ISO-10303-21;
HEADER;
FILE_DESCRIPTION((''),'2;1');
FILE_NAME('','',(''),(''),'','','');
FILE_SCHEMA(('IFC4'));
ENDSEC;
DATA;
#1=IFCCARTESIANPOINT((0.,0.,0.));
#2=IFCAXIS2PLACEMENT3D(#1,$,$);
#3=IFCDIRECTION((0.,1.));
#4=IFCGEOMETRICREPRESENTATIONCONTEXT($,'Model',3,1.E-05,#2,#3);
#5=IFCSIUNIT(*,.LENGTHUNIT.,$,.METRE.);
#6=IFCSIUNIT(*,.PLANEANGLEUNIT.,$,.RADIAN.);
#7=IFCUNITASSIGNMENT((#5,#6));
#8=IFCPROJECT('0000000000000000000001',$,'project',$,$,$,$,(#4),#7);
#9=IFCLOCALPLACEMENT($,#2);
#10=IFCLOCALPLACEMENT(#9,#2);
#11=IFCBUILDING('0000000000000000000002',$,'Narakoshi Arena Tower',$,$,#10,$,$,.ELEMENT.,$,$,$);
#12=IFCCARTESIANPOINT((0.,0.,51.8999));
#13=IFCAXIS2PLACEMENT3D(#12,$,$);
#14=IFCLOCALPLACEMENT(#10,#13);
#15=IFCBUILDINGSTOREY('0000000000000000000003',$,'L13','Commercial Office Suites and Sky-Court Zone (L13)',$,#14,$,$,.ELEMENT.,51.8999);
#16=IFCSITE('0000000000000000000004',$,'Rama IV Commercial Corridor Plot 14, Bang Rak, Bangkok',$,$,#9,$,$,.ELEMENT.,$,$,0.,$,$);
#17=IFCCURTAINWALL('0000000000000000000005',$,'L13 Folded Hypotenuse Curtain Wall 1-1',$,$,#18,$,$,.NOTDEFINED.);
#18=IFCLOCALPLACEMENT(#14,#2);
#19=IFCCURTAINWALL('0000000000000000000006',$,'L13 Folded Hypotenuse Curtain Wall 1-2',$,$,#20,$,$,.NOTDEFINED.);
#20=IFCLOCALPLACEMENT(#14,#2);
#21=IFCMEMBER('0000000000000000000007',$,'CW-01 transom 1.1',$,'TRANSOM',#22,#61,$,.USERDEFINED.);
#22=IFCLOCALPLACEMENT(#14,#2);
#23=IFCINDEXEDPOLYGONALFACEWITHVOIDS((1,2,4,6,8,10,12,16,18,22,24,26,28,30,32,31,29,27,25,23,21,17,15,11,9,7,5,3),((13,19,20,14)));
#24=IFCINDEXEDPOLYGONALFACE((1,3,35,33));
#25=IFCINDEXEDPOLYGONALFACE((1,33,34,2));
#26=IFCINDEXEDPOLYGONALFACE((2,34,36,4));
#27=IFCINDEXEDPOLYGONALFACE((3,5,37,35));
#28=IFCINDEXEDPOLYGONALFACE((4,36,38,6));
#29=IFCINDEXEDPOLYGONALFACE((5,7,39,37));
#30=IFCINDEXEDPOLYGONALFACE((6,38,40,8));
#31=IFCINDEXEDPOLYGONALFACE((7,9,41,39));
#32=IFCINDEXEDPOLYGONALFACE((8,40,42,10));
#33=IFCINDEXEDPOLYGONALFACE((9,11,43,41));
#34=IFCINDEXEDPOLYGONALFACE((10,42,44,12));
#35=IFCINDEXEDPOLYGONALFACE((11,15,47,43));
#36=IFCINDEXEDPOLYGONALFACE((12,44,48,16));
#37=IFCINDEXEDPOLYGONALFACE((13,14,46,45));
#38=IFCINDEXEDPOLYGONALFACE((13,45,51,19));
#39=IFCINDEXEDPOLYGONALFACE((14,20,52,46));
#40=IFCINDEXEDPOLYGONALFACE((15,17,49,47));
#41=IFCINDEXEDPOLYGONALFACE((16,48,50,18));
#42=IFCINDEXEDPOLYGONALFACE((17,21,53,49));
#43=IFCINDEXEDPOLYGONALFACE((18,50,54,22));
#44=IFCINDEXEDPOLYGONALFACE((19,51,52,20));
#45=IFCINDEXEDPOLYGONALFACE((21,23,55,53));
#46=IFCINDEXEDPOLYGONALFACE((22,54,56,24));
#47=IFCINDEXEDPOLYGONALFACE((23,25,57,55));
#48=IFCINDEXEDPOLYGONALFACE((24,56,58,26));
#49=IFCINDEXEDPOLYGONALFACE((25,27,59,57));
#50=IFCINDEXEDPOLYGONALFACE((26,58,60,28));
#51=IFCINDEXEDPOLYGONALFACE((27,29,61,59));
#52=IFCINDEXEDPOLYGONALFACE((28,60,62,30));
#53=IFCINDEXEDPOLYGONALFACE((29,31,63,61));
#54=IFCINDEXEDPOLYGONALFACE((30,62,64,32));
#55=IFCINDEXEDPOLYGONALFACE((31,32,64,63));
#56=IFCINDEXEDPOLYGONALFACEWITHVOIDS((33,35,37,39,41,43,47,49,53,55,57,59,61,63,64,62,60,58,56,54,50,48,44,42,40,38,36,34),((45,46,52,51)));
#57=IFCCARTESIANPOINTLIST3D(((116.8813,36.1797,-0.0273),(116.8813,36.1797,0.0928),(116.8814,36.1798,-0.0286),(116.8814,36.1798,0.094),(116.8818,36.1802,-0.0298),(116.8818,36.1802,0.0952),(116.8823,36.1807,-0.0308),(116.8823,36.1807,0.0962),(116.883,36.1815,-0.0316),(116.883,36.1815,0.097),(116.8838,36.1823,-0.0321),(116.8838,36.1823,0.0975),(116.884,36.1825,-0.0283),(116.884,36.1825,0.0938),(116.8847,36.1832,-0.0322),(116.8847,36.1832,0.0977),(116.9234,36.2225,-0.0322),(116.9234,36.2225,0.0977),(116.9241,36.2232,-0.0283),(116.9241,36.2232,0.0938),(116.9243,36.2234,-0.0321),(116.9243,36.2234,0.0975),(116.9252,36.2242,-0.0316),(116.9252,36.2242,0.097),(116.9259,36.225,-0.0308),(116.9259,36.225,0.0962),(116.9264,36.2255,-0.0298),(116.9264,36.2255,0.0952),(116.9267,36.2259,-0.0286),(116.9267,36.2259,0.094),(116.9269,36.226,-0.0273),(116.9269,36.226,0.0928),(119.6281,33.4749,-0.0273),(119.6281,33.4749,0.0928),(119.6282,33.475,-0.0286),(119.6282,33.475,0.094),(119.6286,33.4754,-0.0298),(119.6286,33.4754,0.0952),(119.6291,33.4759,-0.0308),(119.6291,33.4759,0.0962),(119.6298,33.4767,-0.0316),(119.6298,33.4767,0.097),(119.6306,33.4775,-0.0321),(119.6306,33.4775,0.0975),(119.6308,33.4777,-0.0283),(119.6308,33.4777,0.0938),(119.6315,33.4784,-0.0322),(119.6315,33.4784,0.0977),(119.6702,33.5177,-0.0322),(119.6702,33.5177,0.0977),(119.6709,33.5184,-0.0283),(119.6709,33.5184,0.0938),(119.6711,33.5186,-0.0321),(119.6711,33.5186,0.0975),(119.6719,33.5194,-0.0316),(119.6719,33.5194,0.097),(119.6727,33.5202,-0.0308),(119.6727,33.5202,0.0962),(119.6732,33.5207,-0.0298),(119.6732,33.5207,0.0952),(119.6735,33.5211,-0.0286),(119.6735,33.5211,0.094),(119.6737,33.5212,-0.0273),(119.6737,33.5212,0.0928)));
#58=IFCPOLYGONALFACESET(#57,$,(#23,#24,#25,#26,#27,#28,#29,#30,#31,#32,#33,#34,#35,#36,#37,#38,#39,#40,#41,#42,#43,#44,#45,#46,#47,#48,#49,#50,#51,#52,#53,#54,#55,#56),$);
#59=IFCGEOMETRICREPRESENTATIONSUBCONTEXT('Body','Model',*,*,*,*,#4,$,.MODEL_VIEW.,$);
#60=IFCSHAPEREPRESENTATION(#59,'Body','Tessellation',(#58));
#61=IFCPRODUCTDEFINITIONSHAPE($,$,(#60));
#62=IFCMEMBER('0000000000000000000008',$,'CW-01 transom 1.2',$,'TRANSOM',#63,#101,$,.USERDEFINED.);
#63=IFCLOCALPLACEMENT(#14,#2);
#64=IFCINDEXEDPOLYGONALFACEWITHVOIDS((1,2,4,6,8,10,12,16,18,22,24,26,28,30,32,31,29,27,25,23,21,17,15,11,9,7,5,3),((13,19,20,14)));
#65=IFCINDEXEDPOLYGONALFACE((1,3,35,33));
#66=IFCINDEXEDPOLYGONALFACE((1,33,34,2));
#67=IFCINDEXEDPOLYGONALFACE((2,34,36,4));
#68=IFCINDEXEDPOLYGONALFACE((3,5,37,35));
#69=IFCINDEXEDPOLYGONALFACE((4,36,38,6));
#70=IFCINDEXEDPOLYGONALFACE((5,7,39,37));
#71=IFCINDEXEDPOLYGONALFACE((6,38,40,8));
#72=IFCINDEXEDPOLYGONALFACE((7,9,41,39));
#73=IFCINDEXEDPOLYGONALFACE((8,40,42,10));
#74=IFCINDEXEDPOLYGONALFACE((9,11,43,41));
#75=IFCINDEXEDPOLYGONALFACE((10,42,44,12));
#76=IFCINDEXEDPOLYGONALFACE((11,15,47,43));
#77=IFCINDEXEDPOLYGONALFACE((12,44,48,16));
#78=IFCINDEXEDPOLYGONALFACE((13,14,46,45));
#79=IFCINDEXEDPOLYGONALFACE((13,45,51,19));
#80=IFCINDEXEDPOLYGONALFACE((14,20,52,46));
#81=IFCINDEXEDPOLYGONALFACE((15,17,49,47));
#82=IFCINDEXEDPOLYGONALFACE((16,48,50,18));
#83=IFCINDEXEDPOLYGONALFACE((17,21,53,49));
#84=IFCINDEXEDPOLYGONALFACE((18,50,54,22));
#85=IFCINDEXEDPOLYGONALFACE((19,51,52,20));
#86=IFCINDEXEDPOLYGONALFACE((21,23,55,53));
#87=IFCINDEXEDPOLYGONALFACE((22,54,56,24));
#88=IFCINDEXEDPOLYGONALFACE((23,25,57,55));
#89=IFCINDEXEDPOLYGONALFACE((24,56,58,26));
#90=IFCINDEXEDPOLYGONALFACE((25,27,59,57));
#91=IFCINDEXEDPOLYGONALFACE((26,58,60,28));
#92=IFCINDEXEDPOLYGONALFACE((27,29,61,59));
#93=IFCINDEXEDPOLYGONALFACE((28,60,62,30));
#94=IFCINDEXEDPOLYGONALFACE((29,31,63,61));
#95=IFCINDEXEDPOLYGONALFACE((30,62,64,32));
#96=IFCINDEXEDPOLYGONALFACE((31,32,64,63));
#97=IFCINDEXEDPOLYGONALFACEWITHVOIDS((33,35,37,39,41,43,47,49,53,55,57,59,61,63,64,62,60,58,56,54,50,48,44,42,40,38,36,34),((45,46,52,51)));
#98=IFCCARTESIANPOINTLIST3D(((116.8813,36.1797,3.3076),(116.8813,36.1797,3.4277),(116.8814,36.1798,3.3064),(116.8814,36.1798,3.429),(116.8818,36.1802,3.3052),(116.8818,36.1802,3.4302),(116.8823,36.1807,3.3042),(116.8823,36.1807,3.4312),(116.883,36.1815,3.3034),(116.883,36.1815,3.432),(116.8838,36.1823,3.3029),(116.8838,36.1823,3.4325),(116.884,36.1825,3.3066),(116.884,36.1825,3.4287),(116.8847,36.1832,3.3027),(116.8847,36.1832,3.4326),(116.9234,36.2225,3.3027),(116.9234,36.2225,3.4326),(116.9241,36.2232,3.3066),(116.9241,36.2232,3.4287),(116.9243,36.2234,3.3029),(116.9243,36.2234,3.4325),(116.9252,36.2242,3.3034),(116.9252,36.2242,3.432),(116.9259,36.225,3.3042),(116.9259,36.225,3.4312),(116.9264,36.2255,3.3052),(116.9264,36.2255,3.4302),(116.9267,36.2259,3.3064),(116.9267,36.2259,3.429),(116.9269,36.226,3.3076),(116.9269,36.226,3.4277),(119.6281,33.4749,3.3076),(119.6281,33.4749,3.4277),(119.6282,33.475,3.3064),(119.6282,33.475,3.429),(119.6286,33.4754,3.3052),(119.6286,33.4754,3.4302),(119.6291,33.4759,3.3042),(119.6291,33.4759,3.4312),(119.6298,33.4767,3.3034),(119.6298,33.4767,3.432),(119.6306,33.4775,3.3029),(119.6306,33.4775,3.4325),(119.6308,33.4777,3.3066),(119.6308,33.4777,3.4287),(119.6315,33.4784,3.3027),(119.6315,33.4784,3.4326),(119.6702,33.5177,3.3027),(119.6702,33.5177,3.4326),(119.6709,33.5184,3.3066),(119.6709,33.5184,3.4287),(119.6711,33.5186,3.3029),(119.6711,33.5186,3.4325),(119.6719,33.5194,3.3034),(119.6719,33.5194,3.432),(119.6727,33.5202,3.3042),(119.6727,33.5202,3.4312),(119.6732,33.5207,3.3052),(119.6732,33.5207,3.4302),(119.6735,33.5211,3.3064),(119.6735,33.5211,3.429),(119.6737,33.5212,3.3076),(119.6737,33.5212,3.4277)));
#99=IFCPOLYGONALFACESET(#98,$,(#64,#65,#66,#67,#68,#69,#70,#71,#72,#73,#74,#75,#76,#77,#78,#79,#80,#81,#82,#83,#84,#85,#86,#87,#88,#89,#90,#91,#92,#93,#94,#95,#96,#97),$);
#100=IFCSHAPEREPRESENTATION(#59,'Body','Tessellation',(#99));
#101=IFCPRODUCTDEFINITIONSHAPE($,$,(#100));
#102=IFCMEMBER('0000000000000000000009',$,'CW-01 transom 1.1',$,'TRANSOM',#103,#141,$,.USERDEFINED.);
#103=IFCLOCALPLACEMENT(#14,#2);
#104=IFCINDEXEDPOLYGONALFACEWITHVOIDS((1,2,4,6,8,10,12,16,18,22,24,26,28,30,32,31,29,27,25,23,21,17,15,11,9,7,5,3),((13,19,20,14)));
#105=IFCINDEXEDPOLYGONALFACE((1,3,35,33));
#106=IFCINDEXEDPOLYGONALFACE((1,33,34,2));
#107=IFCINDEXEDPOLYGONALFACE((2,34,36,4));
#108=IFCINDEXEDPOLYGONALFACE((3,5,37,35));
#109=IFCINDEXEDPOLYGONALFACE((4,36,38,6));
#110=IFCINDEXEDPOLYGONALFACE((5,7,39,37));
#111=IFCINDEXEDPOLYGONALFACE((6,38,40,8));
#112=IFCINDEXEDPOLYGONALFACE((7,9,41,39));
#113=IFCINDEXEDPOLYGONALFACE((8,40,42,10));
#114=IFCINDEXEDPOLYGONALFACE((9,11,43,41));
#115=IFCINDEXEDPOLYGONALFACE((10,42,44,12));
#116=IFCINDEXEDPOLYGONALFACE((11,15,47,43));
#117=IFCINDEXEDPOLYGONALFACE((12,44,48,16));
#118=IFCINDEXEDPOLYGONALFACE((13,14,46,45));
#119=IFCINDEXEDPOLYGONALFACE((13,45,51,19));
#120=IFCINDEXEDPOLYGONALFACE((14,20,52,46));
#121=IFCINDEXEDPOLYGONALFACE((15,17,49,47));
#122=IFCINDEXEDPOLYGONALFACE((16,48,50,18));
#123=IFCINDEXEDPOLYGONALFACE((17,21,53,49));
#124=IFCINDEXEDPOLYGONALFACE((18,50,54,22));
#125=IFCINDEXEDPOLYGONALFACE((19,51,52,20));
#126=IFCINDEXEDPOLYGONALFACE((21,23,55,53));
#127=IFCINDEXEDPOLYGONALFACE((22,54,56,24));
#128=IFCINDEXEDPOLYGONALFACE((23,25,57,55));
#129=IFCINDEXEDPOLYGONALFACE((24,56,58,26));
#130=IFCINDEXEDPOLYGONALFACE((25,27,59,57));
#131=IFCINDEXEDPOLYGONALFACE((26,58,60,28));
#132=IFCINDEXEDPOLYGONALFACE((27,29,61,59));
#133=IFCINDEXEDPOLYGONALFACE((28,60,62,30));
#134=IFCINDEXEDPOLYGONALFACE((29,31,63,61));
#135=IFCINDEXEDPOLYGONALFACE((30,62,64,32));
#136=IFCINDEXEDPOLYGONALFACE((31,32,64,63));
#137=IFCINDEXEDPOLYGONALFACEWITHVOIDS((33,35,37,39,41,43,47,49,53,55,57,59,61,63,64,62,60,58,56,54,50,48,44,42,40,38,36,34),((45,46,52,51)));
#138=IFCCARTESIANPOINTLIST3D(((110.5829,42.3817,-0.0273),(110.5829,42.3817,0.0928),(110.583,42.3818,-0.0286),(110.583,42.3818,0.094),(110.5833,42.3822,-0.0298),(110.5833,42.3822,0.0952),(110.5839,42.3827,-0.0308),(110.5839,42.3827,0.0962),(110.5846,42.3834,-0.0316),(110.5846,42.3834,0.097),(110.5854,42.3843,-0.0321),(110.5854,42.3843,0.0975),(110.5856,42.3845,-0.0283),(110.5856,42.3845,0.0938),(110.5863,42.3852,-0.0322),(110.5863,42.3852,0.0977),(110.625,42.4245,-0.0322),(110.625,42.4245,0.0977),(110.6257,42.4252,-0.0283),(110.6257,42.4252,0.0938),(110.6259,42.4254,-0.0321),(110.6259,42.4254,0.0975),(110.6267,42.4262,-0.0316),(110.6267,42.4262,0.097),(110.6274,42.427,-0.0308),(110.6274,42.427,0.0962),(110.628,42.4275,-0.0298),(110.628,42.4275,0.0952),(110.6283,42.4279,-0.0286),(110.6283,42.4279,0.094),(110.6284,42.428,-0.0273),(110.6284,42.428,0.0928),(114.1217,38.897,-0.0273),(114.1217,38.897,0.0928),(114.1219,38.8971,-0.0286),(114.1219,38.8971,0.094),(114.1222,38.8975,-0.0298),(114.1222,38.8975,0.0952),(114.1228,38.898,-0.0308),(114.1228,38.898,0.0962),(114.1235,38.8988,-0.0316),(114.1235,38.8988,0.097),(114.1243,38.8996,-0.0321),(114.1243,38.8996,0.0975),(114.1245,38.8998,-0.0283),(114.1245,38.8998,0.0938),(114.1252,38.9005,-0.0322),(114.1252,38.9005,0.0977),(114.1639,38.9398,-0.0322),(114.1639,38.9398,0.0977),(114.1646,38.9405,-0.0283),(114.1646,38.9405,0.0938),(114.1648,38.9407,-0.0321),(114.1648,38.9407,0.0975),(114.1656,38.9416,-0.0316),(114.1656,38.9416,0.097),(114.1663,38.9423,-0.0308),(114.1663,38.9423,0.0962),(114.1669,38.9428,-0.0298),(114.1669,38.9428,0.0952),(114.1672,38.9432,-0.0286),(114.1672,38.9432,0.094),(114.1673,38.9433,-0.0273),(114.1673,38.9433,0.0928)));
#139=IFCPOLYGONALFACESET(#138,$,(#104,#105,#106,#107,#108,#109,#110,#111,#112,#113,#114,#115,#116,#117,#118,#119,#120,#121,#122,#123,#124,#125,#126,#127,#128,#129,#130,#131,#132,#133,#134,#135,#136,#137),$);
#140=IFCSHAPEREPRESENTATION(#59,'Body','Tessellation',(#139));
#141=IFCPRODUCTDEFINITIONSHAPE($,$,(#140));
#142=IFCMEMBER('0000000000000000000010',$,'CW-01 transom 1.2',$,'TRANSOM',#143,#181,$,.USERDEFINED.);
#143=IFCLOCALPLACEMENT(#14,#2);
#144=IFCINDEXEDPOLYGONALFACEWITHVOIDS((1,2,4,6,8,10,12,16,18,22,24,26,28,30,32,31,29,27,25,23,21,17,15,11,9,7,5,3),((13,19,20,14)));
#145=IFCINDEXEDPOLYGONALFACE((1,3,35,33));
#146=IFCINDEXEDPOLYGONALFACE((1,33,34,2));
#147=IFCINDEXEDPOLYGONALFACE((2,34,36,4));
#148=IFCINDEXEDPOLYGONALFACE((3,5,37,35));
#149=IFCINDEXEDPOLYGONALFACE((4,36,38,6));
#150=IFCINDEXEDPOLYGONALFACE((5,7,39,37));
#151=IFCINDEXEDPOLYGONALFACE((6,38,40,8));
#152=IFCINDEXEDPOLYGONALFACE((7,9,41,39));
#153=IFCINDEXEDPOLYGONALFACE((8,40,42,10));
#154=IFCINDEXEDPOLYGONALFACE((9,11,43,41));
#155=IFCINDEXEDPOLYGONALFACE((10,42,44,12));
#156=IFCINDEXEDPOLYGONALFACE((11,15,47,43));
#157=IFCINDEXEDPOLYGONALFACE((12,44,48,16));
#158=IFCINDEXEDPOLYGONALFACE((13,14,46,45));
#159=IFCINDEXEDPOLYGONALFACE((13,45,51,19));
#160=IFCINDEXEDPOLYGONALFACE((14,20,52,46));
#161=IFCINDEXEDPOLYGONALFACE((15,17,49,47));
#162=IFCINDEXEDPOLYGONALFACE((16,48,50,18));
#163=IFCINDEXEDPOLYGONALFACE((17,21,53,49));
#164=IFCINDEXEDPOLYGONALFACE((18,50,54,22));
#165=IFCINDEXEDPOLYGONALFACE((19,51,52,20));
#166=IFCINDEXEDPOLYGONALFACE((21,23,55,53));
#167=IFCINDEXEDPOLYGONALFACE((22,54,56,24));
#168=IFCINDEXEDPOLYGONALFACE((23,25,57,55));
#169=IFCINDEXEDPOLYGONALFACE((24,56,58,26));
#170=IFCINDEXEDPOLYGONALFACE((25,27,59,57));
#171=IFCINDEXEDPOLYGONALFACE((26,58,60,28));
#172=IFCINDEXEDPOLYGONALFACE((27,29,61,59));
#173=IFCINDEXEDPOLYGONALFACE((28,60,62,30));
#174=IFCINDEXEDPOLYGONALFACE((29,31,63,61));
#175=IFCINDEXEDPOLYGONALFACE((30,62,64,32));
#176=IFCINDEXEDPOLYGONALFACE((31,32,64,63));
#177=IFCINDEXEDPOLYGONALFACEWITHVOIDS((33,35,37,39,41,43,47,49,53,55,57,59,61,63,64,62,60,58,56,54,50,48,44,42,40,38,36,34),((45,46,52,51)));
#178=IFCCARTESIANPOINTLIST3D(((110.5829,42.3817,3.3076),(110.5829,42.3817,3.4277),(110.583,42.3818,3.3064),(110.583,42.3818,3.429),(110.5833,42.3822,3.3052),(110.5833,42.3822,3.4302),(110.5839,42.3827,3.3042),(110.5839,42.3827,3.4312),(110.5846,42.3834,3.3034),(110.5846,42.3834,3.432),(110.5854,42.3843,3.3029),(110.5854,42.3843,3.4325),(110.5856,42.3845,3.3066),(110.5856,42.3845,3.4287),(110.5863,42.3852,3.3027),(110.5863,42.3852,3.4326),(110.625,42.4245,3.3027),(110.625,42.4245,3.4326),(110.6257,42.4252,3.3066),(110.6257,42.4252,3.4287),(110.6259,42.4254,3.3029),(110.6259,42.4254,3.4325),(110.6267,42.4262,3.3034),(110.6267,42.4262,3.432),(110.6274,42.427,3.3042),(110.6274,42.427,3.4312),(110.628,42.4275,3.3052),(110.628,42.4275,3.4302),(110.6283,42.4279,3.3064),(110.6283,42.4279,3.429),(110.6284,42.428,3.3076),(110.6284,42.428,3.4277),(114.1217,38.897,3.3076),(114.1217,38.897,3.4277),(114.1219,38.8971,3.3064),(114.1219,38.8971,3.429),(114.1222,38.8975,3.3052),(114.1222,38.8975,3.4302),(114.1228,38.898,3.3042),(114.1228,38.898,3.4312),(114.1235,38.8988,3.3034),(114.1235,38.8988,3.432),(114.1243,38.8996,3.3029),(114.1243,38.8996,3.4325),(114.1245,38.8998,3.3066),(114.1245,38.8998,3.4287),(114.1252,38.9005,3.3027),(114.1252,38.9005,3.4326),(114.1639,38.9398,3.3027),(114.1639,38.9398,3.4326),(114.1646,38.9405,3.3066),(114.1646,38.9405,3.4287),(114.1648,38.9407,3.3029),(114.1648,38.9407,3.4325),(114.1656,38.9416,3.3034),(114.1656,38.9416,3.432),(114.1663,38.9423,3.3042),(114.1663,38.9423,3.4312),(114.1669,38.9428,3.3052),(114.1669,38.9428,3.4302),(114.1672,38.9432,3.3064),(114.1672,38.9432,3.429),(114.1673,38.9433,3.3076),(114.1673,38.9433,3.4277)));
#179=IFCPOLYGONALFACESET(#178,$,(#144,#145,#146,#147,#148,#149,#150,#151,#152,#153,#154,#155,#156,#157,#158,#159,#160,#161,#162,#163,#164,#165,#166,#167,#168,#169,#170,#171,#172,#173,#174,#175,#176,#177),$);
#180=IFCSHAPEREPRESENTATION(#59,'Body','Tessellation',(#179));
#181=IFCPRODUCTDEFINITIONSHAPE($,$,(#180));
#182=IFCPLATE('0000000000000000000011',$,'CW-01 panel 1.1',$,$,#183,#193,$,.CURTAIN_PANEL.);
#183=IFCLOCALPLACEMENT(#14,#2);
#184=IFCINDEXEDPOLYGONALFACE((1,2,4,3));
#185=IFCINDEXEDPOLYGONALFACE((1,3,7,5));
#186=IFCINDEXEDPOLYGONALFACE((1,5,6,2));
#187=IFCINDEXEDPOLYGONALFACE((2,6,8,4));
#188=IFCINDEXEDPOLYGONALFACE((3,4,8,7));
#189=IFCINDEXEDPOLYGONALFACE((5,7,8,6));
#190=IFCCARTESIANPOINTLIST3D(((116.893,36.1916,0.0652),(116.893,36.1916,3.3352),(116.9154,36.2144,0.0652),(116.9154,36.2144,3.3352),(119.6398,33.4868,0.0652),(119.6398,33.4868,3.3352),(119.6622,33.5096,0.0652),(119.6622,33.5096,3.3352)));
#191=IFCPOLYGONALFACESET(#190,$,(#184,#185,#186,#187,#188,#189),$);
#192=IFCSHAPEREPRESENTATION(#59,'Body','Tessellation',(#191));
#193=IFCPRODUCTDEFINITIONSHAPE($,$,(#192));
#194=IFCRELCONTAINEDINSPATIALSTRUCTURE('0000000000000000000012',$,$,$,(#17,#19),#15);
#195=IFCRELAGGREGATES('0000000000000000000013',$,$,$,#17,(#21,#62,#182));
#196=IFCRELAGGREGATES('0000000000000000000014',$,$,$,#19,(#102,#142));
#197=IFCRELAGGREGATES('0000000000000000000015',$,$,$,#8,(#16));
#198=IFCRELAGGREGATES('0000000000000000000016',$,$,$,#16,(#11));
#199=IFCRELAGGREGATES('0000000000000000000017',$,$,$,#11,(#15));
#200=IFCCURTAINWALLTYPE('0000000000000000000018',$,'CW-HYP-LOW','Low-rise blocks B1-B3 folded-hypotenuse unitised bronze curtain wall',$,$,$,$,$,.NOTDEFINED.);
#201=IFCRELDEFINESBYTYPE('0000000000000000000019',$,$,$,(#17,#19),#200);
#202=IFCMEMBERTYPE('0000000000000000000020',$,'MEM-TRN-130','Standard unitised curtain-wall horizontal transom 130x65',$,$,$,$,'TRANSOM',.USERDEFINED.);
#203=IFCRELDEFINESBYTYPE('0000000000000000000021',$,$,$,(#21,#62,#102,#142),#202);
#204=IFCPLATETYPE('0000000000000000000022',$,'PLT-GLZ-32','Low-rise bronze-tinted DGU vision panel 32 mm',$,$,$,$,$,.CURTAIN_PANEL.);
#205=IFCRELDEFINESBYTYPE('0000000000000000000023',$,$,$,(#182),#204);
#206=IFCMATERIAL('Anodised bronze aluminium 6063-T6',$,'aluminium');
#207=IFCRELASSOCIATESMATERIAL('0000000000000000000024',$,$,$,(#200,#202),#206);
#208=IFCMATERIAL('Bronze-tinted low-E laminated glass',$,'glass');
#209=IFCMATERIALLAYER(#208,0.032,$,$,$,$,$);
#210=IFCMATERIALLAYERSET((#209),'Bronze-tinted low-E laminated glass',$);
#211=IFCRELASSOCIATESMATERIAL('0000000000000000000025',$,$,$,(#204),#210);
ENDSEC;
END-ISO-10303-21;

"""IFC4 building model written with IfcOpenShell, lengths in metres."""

from ifc_helpers import new_model, si_unit, direction, frame, origin, origin_2d, place, context, subcontext, project, spatial, rectangle, hollow_rectangle, extrude, material, layer, layer_set, material_profile, profile_set, type_object, element, aggregate, save


model = new_model("IFC4")

# Units and contexts
model_context = context("Model", 3, precision=1e-05, world=origin(), true_north=direction((0.0, 1.0)))
body_context = subcontext(model_context, "Body", "Model", "MODEL_VIEW")
ifc_project = project(units=[si_unit("LENGTHUNIT", "METRE"), si_unit("PLANEANGLEUNIT", "RADIAN")], contexts=[model_context])

# Site, building, storey
site_placement = place(None, origin())
site = spatial("IfcSite", under=ifc_project, at=site_placement, Name="Rama IV Commercial Corridor Plot 14, Bang Rak, Bangkok", CompositionType="ELEMENT", RefElevation=0.0)
building_placement = place(site_placement, origin())
building = spatial("IfcBuilding", under=site, at=building_placement, Name="Narakoshi Arena Tower", CompositionType="ELEMENT")
storey_placement = place(building_placement, frame((0.0, 0.0, 51.8999)))
storey = spatial("IfcBuildingStorey", under=building, at=storey_placement, Name="L13", Description="Commercial Office Suites and Sky-Court Zone (L13)", CompositionType="ELEMENT", Elevation=51.8999)

# Curtain walls
ifc_material_1 = material(Name="Anodised bronze aluminium 6063-T6", Category="aluminium")
curtain_wall_type = type_object("IfcCurtainWallType", Name="CW-HYP-LOW", Description="Low-rise blocks B1-B3 folded-hypotenuse unitised bronze curtain wall", PredefinedType="NOTDEFINED", material=ifc_material_1)
curtain_wall_1_placement = place(storey_placement, origin())
curtain_wall_1 = element("IfcCurtainWall", 1, at=curtain_wall_1_placement, inside=storey, type_object=curtain_wall_type, Name="L13 Folded Hypotenuse Curtain Wall 1-1", PredefinedType="NOTDEFINED")
curtain_wall_2_placement = place(storey_placement, origin())
curtain_wall_2 = element("IfcCurtainWall", 2, at=curtain_wall_2_placement, inside=storey, type_object=curtain_wall_type, Name="L13 Folded Hypotenuse Curtain Wall 1-2", PredefinedType="NOTDEFINED")

# Members
ifc_material_profile_1 = material_profile(ifc_material_1, hollow_rectangle(XDim=0.0649, YDim=0.1299, WallThickness=0.0039, OuterFilletRadius=0.0049, at=origin_2d()), Name="TRN130x65x4")
ifc_profile_set_1 = profile_set([ifc_material_profile_1], Name="Anodised bronze aluminium 6063-T6")
member_type_1 = type_object("IfcMemberType", Name="MEM-TRN-130", Description="Standard unitised curtain-wall horizontal transom 130x65", ElementType="TRANSOM", PredefinedType="USERDEFINED", material=ifc_profile_set_1)
member_1_placement = place(storey_placement, frame((119.6509, 33.498, 0.0327), z_axis=(-0.712532, 0.701639, 0.0), x_axis=(-0.701639, -0.712532, 0.0)))
member_1 = element("IfcMember", 3, at=member_1_placement, type_object=member_type_1, Name="CW-01 transom 1.1", ObjectType="TRANSOM", PredefinedType="USERDEFINED", context=body_context, shape_type="SweptSolid", body=[
    extrude(hollow_rectangle(XDim=0.0649, YDim=0.1299, WallThickness=0.0039, OuterFilletRadius=0.0049, at=origin_2d()), origin(), (0.0, 0.0, 1.0), 3.855),
])
member_2_placement = place(storey_placement, frame((119.6509, 33.498, 3.3677), z_axis=(-0.712532, 0.701639, 0.0), x_axis=(-0.701639, -0.712532, 0.0)))
member_2 = element("IfcMember", 4, at=member_2_placement, type_object=member_type_1, Name="CW-01 transom 1.2", ObjectType="TRANSOM", PredefinedType="USERDEFINED", context=body_context, shape_type="SweptSolid", body=[
    extrude(hollow_rectangle(XDim=0.0649, YDim=0.1299, WallThickness=0.0039, OuterFilletRadius=0.0049, at=origin_2d()), origin(), (0.0, 0.0, 1.0), 3.855),
])
member_3_placement = place(storey_placement, frame((114.1445, 38.9202, 0.0327), z_axis=(-0.712542, 0.701629, 0.0), x_axis=(-0.701629, -0.712542, 0.0)))
member_3 = element("IfcMember", 5, at=member_3_placement, type_object=member_type_1, Name="CW-01 transom 1.1", ObjectType="TRANSOM", PredefinedType="USERDEFINED", context=body_context, shape_type="SweptSolid", body=[
    extrude(hollow_rectangle(XDim=0.0649, YDim=0.1299, WallThickness=0.0039, OuterFilletRadius=0.0049, at=origin_2d()), origin(), (0.0, 0.0, 1.0), 4.9666),
])
member_4_placement = place(storey_placement, frame((114.1445, 38.9202, 3.3677), z_axis=(-0.712542, 0.701629, 0.0), x_axis=(-0.701629, -0.712542, 0.0)))
member_4 = element("IfcMember", 6, at=member_4_placement, type_object=member_type_1, Name="CW-01 transom 1.2", ObjectType="TRANSOM", PredefinedType="USERDEFINED", context=body_context, shape_type="SweptSolid", body=[
    extrude(hollow_rectangle(XDim=0.0649, YDim=0.1299, WallThickness=0.0039, OuterFilletRadius=0.0049, at=origin_2d()), origin(), (0.0, 0.0, 1.0), 4.9666),
])

# Plate
ifc_material_2 = material(Name="Bronze-tinted low-E laminated glass", Category="glass")
ifc_layer_1 = layer(ifc_material_2, 0.032)
ifc_layer_set_1 = layer_set([ifc_layer_1], Name="Bronze-tinted low-E laminated glass")
plate_type = type_object("IfcPlateType", Name="PLT-GLZ-32", Description="Low-rise bronze-tinted DGU vision panel 32 mm", PredefinedType="CURTAIN_PANEL", material=ifc_layer_set_1)
plate_1_placement = place(storey_placement, frame((118.2776, 34.8506, 0.0652), z_axis=(0.0, 0.0, 1.0), x_axis=(-0.712541, 0.70163, 0.0)))
plate_1 = element("IfcPlate", 7, at=plate_1_placement, type_object=plate_type, Name="CW-01 panel 1.1", PredefinedType="CURTAIN_PANEL", context=body_context, shape_type="SweptSolid", body=[
    extrude(rectangle(XDim=3.855, YDim=0.032, at=origin_2d()), origin(), (0.0, 0.0, 1.0), 3.27),
])
aggregate(curtain_wall_1, [member_1, member_2, plate_1])
aggregate(curtain_wall_2, [member_3, member_4])

save(model, "model.ifc")
